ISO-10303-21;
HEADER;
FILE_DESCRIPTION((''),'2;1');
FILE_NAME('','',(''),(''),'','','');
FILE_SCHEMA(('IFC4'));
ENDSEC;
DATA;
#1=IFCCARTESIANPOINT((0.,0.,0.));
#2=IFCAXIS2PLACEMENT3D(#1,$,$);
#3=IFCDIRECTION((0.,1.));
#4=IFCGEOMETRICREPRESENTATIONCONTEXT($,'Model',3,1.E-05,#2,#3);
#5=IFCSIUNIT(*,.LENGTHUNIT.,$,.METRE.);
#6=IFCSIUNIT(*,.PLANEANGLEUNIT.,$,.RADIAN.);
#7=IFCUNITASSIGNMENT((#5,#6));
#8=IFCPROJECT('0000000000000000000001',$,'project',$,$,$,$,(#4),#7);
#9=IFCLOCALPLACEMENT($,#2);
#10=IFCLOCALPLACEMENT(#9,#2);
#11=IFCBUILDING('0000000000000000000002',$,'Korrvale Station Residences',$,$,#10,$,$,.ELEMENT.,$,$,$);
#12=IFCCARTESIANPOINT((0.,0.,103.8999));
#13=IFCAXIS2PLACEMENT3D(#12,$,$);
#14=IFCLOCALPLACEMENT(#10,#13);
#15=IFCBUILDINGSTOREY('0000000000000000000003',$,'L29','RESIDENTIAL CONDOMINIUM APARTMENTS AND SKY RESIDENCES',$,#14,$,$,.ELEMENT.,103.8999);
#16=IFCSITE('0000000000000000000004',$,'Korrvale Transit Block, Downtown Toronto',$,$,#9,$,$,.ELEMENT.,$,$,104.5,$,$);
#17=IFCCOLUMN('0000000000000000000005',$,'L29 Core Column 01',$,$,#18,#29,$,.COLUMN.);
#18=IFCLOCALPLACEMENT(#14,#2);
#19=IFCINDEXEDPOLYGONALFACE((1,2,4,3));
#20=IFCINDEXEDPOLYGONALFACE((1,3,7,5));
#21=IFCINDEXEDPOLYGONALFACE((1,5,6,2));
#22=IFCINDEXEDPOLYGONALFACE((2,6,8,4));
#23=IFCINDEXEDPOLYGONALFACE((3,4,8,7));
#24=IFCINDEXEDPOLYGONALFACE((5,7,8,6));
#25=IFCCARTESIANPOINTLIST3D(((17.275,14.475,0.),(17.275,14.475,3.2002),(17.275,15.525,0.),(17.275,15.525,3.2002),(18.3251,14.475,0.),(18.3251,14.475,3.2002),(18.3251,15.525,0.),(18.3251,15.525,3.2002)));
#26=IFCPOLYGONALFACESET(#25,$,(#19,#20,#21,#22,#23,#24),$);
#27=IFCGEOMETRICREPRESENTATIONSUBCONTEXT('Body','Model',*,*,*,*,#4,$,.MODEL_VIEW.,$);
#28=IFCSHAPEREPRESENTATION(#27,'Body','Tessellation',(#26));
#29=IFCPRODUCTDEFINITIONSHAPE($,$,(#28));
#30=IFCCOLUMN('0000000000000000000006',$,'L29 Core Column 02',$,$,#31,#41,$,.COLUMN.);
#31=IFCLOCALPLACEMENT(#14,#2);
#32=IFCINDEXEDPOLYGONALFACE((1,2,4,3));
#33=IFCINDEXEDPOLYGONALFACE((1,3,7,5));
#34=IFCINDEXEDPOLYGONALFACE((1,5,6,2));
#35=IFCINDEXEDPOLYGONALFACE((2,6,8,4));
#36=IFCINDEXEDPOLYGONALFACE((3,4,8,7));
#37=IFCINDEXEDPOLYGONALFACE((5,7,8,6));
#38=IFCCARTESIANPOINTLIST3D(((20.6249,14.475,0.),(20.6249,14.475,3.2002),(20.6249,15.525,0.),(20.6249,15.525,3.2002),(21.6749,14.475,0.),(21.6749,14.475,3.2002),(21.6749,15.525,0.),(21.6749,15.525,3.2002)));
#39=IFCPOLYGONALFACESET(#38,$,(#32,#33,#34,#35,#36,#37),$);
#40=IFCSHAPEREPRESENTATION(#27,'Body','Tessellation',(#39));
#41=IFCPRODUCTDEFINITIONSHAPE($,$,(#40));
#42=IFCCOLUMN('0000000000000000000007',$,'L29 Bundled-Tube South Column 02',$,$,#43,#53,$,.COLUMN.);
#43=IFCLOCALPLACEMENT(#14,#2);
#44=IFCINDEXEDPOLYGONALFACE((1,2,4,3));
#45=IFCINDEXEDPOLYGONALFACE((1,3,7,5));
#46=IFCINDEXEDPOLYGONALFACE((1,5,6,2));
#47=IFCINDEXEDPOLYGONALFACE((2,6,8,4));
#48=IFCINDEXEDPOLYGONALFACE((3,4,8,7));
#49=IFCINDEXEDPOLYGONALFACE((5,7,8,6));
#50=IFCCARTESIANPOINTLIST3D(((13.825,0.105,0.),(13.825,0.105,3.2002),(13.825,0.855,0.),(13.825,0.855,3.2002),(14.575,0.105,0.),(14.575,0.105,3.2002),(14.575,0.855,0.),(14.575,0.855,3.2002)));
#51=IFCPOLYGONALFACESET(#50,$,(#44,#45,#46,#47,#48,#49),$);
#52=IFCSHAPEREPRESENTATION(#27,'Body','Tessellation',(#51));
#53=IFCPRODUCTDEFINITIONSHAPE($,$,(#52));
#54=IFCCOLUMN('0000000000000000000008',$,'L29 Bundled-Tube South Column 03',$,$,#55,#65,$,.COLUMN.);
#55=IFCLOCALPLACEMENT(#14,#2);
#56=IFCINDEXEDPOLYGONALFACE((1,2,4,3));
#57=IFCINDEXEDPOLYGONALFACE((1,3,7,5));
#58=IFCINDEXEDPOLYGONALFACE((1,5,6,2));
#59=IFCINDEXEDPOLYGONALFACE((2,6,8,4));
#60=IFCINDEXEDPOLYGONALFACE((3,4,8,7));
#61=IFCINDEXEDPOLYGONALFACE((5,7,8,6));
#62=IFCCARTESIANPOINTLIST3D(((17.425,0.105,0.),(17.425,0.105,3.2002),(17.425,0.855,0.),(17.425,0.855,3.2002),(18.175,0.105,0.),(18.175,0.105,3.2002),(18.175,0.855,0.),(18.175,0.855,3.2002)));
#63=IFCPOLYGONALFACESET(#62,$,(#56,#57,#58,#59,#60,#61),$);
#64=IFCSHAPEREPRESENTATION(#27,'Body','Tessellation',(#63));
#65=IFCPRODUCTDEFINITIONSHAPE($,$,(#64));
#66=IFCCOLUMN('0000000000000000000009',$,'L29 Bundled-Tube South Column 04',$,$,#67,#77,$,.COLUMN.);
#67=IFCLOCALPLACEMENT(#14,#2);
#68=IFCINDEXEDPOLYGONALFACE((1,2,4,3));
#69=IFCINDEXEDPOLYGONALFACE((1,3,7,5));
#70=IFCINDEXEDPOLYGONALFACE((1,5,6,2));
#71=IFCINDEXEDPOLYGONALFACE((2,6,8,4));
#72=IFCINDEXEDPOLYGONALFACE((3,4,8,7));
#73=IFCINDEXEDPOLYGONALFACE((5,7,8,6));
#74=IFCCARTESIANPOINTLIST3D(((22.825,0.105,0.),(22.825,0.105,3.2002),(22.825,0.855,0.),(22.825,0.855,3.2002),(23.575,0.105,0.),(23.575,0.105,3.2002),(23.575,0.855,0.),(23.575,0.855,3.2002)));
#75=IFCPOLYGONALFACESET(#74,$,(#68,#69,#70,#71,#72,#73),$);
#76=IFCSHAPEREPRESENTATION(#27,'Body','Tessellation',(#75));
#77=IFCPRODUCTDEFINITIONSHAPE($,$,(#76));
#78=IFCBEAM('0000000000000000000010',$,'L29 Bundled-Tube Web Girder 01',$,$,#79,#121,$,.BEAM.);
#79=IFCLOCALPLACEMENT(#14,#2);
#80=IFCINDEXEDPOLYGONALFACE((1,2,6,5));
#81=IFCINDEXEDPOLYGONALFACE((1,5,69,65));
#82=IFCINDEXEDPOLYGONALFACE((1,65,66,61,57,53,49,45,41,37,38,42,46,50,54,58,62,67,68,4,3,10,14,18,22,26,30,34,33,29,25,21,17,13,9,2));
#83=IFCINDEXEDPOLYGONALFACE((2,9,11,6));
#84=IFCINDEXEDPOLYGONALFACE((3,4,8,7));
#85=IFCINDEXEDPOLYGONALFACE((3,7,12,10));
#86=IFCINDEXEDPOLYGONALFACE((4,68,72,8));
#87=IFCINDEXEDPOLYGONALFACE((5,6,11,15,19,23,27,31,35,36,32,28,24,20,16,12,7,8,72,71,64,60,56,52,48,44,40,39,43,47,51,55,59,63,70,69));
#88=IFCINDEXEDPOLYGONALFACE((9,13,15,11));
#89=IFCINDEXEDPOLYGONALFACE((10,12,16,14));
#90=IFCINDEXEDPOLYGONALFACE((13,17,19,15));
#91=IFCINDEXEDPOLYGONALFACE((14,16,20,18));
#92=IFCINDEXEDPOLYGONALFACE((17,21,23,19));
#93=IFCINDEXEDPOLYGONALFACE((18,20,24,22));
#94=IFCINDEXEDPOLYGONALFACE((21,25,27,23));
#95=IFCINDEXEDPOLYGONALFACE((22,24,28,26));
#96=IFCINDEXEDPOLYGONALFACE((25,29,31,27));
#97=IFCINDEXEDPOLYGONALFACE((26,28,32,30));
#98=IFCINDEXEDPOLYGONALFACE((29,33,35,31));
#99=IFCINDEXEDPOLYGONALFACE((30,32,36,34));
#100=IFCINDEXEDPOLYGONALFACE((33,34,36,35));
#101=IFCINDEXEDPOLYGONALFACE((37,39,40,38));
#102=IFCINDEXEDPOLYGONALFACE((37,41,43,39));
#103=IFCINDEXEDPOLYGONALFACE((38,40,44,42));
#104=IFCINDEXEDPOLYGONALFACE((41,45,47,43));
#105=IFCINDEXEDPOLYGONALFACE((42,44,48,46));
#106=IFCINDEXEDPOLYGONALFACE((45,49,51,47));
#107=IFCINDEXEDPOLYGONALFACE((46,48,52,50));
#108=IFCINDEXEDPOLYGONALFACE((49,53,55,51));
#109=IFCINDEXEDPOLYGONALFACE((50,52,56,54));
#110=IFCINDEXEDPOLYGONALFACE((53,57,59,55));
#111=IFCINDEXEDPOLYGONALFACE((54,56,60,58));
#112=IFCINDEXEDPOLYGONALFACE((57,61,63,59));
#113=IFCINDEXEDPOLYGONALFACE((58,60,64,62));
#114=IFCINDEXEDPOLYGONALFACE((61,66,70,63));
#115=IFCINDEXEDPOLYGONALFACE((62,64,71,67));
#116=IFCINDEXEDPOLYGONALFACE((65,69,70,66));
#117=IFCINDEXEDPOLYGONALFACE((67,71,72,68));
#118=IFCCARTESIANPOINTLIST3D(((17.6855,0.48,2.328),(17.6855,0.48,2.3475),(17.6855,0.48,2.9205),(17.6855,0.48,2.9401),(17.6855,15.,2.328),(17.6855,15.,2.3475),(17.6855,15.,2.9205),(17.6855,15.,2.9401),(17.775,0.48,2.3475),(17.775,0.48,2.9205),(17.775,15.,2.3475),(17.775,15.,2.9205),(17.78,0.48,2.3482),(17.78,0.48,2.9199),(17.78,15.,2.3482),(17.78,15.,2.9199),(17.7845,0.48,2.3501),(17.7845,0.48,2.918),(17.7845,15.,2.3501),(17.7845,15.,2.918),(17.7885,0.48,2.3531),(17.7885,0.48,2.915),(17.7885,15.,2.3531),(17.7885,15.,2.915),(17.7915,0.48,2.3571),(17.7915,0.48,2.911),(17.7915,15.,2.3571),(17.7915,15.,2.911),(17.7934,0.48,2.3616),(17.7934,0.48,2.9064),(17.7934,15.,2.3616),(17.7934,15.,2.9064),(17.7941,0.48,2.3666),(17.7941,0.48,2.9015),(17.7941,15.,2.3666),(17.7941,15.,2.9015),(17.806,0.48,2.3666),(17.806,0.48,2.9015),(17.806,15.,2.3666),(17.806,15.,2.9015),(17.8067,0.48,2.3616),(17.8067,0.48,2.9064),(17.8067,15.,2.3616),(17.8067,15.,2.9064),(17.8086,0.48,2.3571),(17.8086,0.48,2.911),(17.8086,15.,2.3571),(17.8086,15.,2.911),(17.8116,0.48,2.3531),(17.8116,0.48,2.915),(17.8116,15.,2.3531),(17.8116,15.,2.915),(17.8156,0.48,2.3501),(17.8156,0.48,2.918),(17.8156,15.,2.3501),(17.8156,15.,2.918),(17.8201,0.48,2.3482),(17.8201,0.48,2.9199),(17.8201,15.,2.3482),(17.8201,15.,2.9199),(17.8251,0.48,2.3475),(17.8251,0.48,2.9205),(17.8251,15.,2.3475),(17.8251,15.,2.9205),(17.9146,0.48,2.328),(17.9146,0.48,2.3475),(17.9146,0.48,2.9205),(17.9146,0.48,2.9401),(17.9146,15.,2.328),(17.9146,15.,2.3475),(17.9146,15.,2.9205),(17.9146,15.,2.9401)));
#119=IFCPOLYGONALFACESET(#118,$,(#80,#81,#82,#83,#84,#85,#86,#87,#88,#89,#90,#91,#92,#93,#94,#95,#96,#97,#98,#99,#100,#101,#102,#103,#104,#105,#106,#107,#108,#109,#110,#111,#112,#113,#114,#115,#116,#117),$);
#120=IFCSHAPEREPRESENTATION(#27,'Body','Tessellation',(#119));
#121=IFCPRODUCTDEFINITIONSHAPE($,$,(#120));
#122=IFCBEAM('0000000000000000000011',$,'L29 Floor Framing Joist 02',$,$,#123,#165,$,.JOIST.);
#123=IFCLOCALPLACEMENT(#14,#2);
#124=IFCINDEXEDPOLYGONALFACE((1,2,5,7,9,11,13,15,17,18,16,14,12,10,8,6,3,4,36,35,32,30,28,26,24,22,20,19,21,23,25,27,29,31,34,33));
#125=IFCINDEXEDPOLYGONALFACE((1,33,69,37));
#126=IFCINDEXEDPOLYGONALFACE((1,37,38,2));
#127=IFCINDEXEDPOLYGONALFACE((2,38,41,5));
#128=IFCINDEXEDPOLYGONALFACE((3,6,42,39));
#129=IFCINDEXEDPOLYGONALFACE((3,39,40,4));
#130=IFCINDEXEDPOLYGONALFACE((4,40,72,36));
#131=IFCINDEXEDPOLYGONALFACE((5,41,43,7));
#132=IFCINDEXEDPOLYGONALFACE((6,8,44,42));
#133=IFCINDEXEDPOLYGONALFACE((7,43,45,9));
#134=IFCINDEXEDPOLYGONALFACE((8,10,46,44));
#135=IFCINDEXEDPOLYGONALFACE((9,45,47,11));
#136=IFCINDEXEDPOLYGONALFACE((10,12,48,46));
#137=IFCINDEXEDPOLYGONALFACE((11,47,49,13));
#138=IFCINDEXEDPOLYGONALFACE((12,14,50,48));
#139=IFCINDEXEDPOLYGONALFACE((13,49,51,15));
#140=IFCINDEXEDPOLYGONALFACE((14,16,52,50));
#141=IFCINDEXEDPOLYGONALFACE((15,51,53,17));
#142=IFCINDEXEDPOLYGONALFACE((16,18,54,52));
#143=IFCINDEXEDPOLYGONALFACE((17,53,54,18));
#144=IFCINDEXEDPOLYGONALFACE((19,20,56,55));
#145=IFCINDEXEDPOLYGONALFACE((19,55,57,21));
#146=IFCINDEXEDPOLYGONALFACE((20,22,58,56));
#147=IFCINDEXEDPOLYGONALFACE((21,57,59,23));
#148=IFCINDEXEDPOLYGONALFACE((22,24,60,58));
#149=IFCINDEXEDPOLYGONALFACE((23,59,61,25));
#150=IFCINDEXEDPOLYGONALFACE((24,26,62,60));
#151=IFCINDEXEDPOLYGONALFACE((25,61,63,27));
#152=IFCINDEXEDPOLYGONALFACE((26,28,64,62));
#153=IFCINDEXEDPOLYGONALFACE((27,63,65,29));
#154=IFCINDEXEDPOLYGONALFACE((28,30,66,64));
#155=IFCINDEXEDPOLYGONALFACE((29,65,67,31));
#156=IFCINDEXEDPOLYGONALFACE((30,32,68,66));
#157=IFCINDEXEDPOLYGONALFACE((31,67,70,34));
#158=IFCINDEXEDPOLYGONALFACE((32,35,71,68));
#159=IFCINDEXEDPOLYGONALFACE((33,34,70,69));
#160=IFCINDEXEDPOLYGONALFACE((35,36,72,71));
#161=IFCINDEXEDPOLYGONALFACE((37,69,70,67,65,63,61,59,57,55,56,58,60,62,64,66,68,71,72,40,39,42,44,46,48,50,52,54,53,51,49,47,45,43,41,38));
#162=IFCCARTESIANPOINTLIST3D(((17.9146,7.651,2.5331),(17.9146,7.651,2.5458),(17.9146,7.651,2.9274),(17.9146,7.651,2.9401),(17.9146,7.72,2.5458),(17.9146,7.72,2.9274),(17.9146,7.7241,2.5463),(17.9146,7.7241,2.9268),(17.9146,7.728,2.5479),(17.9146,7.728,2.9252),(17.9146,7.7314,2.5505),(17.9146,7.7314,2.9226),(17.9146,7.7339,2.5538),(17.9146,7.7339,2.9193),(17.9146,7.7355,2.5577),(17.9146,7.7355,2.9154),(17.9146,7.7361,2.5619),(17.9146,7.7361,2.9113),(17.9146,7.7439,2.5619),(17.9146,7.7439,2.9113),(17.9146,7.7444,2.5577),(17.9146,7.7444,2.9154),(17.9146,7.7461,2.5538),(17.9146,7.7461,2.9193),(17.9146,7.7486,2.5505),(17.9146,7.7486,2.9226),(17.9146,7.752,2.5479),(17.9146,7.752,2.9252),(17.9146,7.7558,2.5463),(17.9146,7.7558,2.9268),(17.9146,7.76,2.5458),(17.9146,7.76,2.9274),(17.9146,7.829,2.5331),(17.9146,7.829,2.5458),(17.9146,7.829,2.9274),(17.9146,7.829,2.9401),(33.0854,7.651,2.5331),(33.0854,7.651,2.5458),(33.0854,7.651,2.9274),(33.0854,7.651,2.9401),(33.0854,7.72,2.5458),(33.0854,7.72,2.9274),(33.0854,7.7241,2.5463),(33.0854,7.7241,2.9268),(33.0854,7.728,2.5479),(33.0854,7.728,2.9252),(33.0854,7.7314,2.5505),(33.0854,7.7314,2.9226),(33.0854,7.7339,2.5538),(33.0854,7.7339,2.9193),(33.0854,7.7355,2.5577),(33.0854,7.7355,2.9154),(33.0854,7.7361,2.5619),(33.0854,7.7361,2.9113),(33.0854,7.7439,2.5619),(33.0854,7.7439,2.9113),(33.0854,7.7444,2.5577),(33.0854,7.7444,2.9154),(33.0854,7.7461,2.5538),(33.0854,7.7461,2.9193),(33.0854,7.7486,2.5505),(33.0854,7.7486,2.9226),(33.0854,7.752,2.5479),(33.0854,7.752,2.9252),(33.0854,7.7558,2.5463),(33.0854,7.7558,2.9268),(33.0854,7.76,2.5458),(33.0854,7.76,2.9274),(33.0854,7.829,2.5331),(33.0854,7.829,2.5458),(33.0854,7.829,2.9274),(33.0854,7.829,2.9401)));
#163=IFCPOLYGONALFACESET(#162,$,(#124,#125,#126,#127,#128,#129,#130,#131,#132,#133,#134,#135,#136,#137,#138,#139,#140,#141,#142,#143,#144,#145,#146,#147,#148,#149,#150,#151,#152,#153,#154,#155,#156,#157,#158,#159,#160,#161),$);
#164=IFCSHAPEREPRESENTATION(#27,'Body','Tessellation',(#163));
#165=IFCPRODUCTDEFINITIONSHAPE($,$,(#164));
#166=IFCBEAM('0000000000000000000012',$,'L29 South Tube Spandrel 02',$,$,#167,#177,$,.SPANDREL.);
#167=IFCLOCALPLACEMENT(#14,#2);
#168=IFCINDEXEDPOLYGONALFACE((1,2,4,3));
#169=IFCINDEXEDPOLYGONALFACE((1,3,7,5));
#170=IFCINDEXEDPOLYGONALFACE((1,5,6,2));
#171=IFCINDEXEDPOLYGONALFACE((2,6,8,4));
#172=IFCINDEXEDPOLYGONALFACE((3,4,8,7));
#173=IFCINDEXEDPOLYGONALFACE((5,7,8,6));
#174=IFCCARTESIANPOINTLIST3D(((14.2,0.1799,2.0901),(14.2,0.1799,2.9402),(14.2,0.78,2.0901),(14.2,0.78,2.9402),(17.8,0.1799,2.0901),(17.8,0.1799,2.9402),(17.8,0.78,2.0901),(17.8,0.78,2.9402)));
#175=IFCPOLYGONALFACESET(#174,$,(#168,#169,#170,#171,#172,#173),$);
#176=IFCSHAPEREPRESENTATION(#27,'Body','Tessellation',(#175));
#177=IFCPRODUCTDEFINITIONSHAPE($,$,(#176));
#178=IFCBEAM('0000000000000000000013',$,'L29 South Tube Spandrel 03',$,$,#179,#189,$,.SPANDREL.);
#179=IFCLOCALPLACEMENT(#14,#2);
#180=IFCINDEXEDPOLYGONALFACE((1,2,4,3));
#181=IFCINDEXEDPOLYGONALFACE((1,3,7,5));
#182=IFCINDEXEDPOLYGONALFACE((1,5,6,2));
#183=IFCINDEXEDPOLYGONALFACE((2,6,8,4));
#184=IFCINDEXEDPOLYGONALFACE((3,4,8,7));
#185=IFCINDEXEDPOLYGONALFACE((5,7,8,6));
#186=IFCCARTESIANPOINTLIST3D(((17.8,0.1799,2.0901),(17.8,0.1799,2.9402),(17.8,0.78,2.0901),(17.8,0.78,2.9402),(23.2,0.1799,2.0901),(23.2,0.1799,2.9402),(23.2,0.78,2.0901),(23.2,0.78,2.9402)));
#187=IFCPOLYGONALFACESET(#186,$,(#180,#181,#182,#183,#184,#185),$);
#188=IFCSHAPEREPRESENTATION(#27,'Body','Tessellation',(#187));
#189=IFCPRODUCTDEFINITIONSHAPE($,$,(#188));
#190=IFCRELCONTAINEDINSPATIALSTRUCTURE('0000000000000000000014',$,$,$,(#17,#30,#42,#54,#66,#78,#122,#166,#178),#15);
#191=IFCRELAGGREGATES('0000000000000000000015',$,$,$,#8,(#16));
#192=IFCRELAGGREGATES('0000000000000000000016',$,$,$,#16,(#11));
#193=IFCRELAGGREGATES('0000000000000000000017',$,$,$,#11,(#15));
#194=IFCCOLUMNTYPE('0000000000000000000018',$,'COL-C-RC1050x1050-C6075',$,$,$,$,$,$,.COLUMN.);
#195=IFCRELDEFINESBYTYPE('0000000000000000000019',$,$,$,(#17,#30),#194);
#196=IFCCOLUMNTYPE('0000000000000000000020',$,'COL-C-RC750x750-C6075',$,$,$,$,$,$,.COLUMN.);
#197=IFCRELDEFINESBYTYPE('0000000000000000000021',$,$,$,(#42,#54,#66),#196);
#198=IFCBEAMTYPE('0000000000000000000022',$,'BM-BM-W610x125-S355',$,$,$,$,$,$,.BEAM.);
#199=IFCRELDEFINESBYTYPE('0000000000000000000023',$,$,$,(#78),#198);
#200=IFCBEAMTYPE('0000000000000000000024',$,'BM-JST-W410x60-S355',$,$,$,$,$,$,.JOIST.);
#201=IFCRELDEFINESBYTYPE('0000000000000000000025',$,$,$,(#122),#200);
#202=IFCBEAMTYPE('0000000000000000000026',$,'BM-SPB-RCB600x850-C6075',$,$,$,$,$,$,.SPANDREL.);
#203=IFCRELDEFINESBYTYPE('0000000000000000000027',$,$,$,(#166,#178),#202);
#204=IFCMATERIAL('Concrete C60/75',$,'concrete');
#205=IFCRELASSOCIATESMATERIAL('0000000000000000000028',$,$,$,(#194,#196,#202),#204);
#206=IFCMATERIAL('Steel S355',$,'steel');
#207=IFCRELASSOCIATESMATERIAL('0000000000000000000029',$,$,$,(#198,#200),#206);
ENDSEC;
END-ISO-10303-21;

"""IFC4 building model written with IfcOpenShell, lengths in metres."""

from ifc_helpers import new_model, si_unit, direction, frame, origin, origin_2d, place, context, subcontext, project, spatial, rectangle, i_section, extrude, material, material_profile, profile_set, type_object, element, save


model = new_model("IFC4")

# Units and contexts
model_context = context("Model", 3, precision=1e-05, world=origin(), true_north=direction((0.0, 1.0)))
body_context = subcontext(model_context, "Body", "Model", "MODEL_VIEW")
ifc_project = project(units=[si_unit("LENGTHUNIT", "METRE"), si_unit("PLANEANGLEUNIT", "RADIAN")], contexts=[model_context])

# Site, building, storey
site_placement = place(None, origin())
site = spatial("IfcSite", under=ifc_project, at=site_placement, Name="Korrvale Transit Block, Downtown Toronto", CompositionType="ELEMENT", RefElevation=104.5)
building_placement = place(site_placement, origin())
building = spatial("IfcBuilding", under=site, at=building_placement, Name="Korrvale Station Residences", CompositionType="ELEMENT")
storey_placement = place(building_placement, frame((0.0, 0.0, 103.8999)))
storey = spatial("IfcBuildingStorey", under=building, at=storey_placement, Name="L29", Description="RESIDENTIAL CONDOMINIUM APARTMENTS AND SKY RESIDENCES", CompositionType="ELEMENT", Elevation=103.8999)

# Columns
ifc_material_1 = material(Name="Concrete C60/75", Category="concrete")
ifc_material_profile_1 = material_profile(ifc_material_1, rectangle(XDim=1.05, YDim=1.05, at=origin_2d()), Name="RC1050x1050")
ifc_profile_set_1 = profile_set([ifc_material_profile_1], Name="Concrete C60/75")
column_type_1 = type_object("IfcColumnType", Name="COL-C-RC1050x1050-C6075", PredefinedType="COLUMN", material=ifc_profile_set_1)
for number, where, z_axis, x_axis, name in (
    (1, (17.8, 15.0, 0.0), (0.0, 0.0, 1.0), (1.0, 0.0, 0.0), "L29 Core Column 01"),
    (2, (21.1499, 15.0, 0.0), (0.0, 0.0, 1.0), (1.0, 0.0, 0.0), "L29 Core Column 02"),
):
    element("IfcColumn", number, at=place(storey_placement, frame(where, z_axis=z_axis, x_axis=x_axis)), inside=storey, type_object=column_type_1, Name=name, PredefinedType="COLUMN", context=body_context, shape_type="SweptSolid", body=[
        extrude(rectangle(XDim=1.05, YDim=1.05, at=origin_2d()), origin(), (0.0, 0.0, 1.0), 3.2002),
    ])
ifc_material_profile_2 = material_profile(ifc_material_1, rectangle(XDim=0.75, YDim=0.75, at=origin_2d()), Name="RC750x750")
ifc_profile_set_2 = profile_set([ifc_material_profile_2], Name="Concrete C60/75")
column_type_2 = type_object("IfcColumnType", Name="COL-C-RC750x750-C6075", PredefinedType="COLUMN", material=ifc_profile_set_2)
for number, where, z_axis, x_axis, name in (
    (3, (14.2, 0.48, 0.0), (0.0, 0.0, 1.0), (1.0, 0.0, 0.0), "L29 Bundled-Tube South Column 02"),
    (4, (17.8, 0.48, 0.0), (0.0, 0.0, 1.0), (1.0, 0.0, 0.0), "L29 Bundled-Tube South Column 03"),
    (5, (23.2, 0.48, 0.0), (0.0, 0.0, 1.0), (1.0, 0.0, 0.0), "L29 Bundled-Tube South Column 04"),
):
    element("IfcColumn", number, at=place(storey_placement, frame(where, z_axis=z_axis, x_axis=x_axis)), inside=storey, type_object=column_type_2, Name=name, PredefinedType="COLUMN", context=body_context, shape_type="SweptSolid", body=[
        extrude(rectangle(XDim=0.75, YDim=0.75, at=origin_2d()), origin(), (0.0, 0.0, 1.0), 3.2002),
    ])

# Beams
ifc_material_2 = material(Name="Steel S355", Category="steel")
ifc_material_profile_3 = material_profile(ifc_material_2, i_section(OverallWidth=0.229, OverallDepth=0.6121, WebThickness=0.012, FlangeThickness=0.0195, FilletRadius=0.019, at=origin_2d()), Name="W610x125")
ifc_profile_set_3 = profile_set([ifc_material_profile_3], Name="Steel S355")
beam_type_1 = type_object("IfcBeamType", Name="BM-BM-W610x125-S355", PredefinedType="BEAM", material=ifc_profile_set_3)
beam_1_placement = place(storey_placement, frame((17.8, 0.48, 2.634), z_axis=(0.0, 1.0, 0.0), x_axis=(-1.0, 0.0, 0.0)))
element("IfcBeam", 6, at=beam_1_placement, inside=storey, type_object=beam_type_1, Name="L29 Bundled-Tube Web Girder 01", PredefinedType="BEAM", context=body_context, shape_type="SweptSolid", body=[
    extrude(i_section(OverallWidth=0.229, OverallDepth=0.6121, WebThickness=0.012, FlangeThickness=0.0195, FilletRadius=0.019, at=origin_2d()), origin(), (0.0, 0.0, 1.0), 14.52),
])
ifc_material_profile_4 = material_profile(ifc_material_2, i_section(OverallWidth=0.178, OverallDepth=0.407, WebThickness=0.0078, FlangeThickness=0.0127, FilletRadius=0.0161, at=origin_2d()), Name="W410x60")
ifc_profile_set_4 = profile_set([ifc_material_profile_4], Name="Steel S355")
beam_type_2 = type_object("IfcBeamType", Name="BM-JST-W410x60-S355", PredefinedType="JOIST", material=ifc_profile_set_4)
beam_2_placement = place(storey_placement, frame((17.9146, 7.74, 2.7366), z_axis=(1.0, 0.0, 0.0), x_axis=(0.0, 1.0, 0.0)))
element("IfcBeam", 7, at=beam_2_placement, inside=storey, type_object=beam_type_2, Name="L29 Floor Framing Joist 02", PredefinedType="JOIST", context=body_context, shape_type="SweptSolid", body=[
    extrude(i_section(OverallWidth=0.178, OverallDepth=0.407, WebThickness=0.0078, FlangeThickness=0.0127, FilletRadius=0.0161, at=origin_2d()), origin(), (0.0, 0.0, 1.0), 15.1709),
])
ifc_material_profile_5 = material_profile(ifc_material_1, rectangle(XDim=0.6001, YDim=0.8501, at=origin_2d()), Name="RCB600x850")
ifc_profile_set_5 = profile_set([ifc_material_profile_5], Name="Concrete C60/75")
beam_type_3 = type_object("IfcBeamType", Name="BM-SPB-RCB600x850-C6075", PredefinedType="SPANDREL", material=ifc_profile_set_5)
beam_3_placement = place(storey_placement, frame((14.2, 0.48, 2.5151), z_axis=(1.0, 0.0, 0.0), x_axis=(0.0, 1.0, 0.0)))
element("IfcBeam", 8, at=beam_3_placement, inside=storey, type_object=beam_type_3, Name="L29 South Tube Spandrel 02", PredefinedType="SPANDREL", context=body_context, shape_type="SweptSolid", body=[
    extrude(rectangle(XDim=0.6001, YDim=0.8501, at=origin_2d()), origin(), (0.0, 0.0, 1.0), 3.6001),
])
beam_4_placement = place(storey_placement, frame((17.8, 0.48, 2.5151), z_axis=(1.0, 0.0, 0.0), x_axis=(0.0, 1.0, 0.0)))
element("IfcBeam", 9, at=beam_4_placement, inside=storey, type_object=beam_type_3, Name="L29 South Tube Spandrel 03", PredefinedType="SPANDREL", context=body_context, shape_type="SweptSolid", body=[
    extrude(rectangle(XDim=0.6001, YDim=0.8501, at=origin_2d()), origin(), (0.0, 0.0, 1.0), 5.3999),
])

save(model, "model.ifc")
